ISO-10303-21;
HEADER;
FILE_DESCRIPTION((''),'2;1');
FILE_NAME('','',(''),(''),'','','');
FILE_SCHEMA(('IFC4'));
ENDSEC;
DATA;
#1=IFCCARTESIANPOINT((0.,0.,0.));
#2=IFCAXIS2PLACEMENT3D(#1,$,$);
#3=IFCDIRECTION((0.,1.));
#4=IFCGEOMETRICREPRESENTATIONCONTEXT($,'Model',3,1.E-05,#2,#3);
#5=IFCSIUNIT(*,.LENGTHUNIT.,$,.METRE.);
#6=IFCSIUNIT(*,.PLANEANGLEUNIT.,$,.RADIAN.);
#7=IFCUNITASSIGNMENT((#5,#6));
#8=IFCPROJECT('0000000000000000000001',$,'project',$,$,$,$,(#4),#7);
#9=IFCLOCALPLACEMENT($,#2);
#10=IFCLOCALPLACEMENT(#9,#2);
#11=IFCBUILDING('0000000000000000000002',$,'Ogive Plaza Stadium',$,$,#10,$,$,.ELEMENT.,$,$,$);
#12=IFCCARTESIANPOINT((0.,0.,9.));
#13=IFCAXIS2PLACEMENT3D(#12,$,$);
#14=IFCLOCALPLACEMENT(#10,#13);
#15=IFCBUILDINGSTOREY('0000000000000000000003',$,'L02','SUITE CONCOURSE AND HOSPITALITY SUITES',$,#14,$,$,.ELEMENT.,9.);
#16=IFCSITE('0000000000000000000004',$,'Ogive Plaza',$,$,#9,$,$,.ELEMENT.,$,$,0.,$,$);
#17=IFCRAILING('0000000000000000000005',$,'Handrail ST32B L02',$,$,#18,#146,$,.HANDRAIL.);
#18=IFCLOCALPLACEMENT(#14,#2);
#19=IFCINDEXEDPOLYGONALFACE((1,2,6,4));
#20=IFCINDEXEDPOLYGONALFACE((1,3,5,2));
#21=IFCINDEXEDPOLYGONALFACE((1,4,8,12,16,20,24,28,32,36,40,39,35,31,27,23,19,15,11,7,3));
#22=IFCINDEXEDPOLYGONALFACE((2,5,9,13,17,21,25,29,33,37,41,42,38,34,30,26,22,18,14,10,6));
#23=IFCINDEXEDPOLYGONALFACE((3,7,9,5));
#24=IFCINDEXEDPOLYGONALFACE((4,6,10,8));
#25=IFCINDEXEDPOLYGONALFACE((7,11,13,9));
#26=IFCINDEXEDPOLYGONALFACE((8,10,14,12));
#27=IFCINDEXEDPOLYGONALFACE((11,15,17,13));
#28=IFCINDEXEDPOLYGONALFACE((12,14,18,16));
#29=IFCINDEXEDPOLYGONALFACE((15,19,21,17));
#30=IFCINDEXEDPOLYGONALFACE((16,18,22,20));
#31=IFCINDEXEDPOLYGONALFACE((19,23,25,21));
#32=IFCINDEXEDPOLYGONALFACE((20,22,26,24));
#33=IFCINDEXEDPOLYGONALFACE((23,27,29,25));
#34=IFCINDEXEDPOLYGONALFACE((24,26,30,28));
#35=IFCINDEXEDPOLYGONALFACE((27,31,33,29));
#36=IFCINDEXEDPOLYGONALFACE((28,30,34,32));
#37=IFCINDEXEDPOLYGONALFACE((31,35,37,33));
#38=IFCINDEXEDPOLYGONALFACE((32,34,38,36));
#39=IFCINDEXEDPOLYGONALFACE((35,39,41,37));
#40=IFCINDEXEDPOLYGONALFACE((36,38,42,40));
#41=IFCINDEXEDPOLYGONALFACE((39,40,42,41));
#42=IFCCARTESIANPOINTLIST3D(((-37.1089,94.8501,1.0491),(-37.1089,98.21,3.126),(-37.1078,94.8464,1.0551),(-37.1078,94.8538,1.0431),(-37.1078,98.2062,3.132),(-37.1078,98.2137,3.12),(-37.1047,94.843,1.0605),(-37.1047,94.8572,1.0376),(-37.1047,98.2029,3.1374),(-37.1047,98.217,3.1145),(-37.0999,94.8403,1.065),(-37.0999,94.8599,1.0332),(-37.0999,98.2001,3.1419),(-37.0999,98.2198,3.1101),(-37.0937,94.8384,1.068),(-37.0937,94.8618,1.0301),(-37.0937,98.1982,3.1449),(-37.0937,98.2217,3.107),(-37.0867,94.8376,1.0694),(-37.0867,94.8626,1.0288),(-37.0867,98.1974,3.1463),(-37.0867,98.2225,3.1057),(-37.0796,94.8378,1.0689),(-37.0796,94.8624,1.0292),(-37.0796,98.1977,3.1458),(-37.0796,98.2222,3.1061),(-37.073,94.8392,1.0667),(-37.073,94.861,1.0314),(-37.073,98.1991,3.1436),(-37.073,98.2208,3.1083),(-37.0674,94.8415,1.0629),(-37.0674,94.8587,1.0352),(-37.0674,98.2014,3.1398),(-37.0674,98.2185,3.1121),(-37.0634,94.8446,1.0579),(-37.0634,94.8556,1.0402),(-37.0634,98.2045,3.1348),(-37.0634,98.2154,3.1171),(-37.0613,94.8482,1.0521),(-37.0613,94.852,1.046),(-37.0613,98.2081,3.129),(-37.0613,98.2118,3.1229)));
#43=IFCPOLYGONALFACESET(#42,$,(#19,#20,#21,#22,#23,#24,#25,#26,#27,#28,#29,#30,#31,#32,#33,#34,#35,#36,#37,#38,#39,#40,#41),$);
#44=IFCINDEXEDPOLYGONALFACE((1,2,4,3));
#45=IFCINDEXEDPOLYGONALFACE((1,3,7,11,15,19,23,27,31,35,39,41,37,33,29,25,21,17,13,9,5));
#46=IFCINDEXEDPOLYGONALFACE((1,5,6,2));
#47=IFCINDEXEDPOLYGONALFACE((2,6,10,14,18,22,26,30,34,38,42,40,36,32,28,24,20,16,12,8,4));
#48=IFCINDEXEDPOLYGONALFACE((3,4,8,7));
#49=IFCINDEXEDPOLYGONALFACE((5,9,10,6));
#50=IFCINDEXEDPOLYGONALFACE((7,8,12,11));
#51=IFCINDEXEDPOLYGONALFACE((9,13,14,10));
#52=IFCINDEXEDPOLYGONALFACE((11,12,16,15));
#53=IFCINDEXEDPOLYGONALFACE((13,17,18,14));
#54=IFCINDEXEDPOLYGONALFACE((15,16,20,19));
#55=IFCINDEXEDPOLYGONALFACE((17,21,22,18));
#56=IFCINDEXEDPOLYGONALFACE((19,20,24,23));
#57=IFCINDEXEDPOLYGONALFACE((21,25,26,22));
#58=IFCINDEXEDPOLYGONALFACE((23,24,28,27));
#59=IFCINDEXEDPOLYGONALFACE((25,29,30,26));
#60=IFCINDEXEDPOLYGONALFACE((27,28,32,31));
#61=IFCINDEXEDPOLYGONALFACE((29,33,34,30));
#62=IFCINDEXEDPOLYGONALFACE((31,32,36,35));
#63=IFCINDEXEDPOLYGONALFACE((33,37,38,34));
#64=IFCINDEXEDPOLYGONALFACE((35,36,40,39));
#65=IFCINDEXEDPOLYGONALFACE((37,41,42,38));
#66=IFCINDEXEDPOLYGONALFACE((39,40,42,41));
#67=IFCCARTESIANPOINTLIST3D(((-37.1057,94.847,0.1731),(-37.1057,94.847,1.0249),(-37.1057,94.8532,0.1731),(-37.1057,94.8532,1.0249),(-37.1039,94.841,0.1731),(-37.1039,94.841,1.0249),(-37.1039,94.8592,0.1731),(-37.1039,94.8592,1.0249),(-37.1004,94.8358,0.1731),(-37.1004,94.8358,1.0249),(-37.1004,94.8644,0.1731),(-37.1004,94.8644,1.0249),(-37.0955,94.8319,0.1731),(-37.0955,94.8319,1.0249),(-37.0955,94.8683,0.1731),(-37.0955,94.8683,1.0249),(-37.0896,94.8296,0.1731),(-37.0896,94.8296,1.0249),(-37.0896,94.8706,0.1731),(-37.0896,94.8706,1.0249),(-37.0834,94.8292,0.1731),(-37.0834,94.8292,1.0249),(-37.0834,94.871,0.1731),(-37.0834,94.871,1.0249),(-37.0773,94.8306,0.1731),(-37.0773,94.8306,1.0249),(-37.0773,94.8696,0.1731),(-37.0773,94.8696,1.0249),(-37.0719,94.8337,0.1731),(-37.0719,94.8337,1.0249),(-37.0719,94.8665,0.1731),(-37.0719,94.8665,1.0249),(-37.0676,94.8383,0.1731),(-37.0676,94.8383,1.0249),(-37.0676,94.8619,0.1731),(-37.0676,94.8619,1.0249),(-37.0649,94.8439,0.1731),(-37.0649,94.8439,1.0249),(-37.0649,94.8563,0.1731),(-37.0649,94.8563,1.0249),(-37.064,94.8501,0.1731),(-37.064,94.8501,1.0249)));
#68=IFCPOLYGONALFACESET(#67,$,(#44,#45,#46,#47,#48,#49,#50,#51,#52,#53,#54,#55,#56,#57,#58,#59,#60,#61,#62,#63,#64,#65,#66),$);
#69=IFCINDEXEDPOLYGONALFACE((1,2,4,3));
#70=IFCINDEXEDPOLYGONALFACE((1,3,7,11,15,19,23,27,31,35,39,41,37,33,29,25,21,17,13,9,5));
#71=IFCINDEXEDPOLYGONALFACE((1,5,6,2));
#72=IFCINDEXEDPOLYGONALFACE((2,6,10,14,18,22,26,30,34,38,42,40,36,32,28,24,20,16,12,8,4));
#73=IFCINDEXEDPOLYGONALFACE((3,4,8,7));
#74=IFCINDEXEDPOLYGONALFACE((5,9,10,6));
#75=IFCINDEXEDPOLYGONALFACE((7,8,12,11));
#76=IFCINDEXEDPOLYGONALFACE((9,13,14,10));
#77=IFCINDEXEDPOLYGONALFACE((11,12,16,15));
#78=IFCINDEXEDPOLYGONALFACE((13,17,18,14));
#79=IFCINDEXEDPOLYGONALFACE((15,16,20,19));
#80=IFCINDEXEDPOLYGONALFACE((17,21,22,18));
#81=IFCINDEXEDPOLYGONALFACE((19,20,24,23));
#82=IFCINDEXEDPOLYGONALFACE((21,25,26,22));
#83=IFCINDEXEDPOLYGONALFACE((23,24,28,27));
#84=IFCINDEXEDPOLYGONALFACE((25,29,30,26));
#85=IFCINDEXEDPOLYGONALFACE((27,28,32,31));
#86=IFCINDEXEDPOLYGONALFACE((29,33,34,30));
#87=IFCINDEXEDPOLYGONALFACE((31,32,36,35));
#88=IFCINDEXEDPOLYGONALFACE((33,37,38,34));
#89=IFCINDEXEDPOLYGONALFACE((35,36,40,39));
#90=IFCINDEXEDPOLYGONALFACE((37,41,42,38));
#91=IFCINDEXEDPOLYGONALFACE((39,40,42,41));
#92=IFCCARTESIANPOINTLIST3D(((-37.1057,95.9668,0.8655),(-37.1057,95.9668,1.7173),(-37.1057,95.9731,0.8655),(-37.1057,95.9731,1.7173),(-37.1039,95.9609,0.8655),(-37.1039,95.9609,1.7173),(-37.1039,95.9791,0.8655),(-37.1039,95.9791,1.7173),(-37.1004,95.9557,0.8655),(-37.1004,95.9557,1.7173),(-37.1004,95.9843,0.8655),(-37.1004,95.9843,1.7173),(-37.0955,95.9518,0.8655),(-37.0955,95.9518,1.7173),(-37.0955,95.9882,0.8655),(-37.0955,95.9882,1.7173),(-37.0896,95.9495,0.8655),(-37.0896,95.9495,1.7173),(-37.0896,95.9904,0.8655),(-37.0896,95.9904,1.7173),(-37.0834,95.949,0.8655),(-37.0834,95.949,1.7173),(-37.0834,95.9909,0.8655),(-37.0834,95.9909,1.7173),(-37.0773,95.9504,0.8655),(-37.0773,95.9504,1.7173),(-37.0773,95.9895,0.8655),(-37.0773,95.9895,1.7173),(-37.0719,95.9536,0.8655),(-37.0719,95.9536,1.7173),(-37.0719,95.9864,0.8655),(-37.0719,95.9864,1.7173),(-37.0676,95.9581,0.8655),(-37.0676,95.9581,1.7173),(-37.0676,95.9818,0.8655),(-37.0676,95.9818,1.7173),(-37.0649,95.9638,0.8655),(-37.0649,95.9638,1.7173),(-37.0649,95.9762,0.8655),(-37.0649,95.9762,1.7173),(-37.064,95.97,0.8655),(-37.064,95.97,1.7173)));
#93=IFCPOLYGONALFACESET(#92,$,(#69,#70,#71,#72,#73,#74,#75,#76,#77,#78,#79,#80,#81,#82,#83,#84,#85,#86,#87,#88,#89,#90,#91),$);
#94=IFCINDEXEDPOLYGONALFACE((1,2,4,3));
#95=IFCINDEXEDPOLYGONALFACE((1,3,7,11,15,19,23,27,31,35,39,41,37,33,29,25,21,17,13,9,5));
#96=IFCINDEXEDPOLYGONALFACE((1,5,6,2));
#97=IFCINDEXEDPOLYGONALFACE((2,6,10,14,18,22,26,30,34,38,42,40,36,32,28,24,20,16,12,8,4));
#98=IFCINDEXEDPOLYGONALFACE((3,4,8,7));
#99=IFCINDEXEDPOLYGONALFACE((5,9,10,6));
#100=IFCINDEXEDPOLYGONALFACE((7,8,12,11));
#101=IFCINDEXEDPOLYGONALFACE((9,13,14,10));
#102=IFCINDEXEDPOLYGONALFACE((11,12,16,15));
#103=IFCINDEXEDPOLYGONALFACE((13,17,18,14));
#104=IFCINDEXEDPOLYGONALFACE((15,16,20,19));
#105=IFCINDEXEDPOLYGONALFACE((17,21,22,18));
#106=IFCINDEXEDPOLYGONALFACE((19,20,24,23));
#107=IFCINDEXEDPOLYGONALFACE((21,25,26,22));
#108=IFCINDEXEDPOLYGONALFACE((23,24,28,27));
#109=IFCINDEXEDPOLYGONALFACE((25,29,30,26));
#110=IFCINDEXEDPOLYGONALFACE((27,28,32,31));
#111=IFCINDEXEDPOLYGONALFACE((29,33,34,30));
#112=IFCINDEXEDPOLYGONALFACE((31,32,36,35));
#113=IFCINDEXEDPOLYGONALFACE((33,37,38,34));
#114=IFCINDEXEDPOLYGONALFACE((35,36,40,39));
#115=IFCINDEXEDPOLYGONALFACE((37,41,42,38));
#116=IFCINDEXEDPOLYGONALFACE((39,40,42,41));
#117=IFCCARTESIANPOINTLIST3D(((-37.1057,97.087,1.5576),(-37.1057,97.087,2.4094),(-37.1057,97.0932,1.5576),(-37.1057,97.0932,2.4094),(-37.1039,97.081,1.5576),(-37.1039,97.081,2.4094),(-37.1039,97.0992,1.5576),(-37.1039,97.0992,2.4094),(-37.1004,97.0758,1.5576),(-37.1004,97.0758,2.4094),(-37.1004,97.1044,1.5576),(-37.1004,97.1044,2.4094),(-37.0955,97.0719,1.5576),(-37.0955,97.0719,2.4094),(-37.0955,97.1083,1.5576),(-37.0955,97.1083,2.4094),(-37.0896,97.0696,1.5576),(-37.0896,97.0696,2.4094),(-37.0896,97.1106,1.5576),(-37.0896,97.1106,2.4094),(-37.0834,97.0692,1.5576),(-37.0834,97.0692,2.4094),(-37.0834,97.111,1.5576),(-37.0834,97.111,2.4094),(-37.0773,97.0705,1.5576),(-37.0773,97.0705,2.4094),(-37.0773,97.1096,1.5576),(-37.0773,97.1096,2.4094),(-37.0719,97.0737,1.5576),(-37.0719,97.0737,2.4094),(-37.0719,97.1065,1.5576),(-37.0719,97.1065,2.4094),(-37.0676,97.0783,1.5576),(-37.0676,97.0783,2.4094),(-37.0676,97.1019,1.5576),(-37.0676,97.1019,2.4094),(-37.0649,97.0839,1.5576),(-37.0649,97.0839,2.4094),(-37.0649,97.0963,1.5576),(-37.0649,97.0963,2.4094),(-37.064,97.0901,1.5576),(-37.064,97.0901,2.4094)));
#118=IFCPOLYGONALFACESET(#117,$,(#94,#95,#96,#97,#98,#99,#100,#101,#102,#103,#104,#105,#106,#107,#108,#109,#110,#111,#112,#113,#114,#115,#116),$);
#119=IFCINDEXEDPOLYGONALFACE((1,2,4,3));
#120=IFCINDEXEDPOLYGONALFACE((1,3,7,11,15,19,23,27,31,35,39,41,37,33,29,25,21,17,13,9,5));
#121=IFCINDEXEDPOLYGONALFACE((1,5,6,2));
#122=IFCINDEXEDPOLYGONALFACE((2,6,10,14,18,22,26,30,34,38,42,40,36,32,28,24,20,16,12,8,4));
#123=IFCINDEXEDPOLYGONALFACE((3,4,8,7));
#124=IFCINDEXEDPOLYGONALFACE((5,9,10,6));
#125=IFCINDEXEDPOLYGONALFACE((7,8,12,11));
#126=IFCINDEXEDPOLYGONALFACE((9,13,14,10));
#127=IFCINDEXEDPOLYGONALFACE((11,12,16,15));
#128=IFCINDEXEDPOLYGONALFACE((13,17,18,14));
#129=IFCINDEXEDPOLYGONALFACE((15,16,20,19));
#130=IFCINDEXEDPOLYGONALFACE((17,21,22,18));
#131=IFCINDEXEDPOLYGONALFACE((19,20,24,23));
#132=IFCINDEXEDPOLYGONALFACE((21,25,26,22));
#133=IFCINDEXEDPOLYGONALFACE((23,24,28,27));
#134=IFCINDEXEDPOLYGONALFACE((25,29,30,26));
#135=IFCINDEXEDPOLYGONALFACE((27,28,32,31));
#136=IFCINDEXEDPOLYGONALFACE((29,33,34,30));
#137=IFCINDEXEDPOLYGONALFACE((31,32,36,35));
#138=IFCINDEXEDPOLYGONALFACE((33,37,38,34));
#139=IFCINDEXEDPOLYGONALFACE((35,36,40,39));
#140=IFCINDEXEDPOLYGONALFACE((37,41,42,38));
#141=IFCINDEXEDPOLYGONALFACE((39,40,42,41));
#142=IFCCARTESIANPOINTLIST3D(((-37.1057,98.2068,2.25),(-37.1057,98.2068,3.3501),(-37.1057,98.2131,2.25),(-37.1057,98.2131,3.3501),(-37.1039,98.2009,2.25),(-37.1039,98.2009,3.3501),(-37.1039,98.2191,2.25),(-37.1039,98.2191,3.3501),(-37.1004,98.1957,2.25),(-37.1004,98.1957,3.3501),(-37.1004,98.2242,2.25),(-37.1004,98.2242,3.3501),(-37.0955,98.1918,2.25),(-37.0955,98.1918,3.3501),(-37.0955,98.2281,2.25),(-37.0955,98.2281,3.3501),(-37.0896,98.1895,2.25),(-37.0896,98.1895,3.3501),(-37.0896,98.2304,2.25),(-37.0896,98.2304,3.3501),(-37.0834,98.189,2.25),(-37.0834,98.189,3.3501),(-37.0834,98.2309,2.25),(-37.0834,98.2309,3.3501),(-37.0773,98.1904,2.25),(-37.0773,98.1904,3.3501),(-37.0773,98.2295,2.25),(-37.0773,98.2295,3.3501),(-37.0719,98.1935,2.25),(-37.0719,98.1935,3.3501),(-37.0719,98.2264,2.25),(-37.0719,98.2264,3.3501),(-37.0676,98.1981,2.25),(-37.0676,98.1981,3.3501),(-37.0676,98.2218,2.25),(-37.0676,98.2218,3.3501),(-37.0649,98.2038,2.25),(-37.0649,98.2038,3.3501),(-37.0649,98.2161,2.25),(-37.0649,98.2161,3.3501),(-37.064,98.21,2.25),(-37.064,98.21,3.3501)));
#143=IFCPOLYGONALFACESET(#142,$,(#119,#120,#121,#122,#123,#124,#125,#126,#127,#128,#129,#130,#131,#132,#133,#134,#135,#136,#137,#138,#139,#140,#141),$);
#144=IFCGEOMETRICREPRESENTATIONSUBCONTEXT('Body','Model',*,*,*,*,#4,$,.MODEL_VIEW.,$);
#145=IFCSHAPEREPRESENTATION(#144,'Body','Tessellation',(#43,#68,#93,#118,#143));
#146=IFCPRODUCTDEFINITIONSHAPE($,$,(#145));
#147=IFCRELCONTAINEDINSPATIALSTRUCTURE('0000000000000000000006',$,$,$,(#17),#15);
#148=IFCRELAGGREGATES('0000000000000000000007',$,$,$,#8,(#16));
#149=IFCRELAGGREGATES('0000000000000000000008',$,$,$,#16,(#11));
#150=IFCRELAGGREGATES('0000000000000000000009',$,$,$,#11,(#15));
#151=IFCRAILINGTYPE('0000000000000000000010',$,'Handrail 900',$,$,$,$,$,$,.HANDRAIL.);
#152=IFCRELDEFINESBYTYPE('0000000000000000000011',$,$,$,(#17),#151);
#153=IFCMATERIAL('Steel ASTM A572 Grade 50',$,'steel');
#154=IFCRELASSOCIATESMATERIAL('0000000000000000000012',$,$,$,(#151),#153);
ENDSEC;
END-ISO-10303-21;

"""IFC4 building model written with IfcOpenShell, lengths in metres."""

from ifc_helpers import new_model, si_unit, direction, frame, origin, origin_2d, place, context, subcontext, project, spatial, circle, extrude, material, type_object, element, save


model = new_model("IFC4")

# Units and contexts
model_context = context("Model", 3, precision=1e-05, world=origin(), true_north=direction((0.0, 1.0)))
body_context = subcontext(model_context, "Body", "Model", "MODEL_VIEW")
ifc_project = project(units=[si_unit("LENGTHUNIT", "METRE"), si_unit("PLANEANGLEUNIT", "RADIAN")], contexts=[model_context])

# Site, building, storey
site_placement = place(None, origin())
site = spatial("IfcSite", under=ifc_project, at=site_placement, Name="Ogive Plaza", CompositionType="ELEMENT", RefElevation=0.0)
building_placement = place(site_placement, origin())
building = spatial("IfcBuilding", under=site, at=building_placement, Name="Ogive Plaza Stadium", CompositionType="ELEMENT")
storey_placement = place(building_placement, frame((0.0, 0.0, 9.0)))
storey = spatial("IfcBuildingStorey", under=building, at=storey_placement, Name="L02", Description="SUITE CONCOURSE AND HOSPITALITY SUITES", CompositionType="ELEMENT", Elevation=9.0)

# Railing
ifc_material_1 = material(Name="Steel ASTM A572 Grade 50", Category="steel")
railing_type_1 = type_object("IfcRailingType", Name="Handrail 900", PredefinedType="HANDRAIL", material=ifc_material_1)
for number, where, name in (
    (1, (-37.085, 94.8501, 0.1731), "Handrail ST32B L02"),
):
    element("IfcRailing", number, at=place(storey_placement, frame(where)), inside=storey, type_object=railing_type_1, Name=name, PredefinedType="HANDRAIL", context=body_context, shape_type="SweptSolid", body=[
        extrude(circle(Radius=0.0239, at=origin_2d()), frame((0.0, 0.0, 0.876), z_axis=(0.0, 0.850606, 0.525803), x_axis=(-1.0, 0.0, 0.0)), (0.0, 0.0, 1.0), 3.95),
        extrude(circle(Radius=0.021, at=origin_2d()), origin(), (0.0, 0.0, 1.0), 0.8518),
        extrude(circle(Radius=0.021, at=origin_2d()), frame((0.0, 1.1199, 0.6924)), (0.0, 0.0, 1.0), 0.8518),
        extrude(circle(Radius=0.021, at=origin_2d()), frame((0.0, 2.24, 1.3845)), (0.0, 0.0, 1.0), 0.8518),
        extrude(circle(Radius=0.021, at=origin_2d()), frame((0.0, 3.3599, 2.0769)), (0.0, 0.0, 1.0), 1.1001),
    ])

save(model, "model.ifc")
